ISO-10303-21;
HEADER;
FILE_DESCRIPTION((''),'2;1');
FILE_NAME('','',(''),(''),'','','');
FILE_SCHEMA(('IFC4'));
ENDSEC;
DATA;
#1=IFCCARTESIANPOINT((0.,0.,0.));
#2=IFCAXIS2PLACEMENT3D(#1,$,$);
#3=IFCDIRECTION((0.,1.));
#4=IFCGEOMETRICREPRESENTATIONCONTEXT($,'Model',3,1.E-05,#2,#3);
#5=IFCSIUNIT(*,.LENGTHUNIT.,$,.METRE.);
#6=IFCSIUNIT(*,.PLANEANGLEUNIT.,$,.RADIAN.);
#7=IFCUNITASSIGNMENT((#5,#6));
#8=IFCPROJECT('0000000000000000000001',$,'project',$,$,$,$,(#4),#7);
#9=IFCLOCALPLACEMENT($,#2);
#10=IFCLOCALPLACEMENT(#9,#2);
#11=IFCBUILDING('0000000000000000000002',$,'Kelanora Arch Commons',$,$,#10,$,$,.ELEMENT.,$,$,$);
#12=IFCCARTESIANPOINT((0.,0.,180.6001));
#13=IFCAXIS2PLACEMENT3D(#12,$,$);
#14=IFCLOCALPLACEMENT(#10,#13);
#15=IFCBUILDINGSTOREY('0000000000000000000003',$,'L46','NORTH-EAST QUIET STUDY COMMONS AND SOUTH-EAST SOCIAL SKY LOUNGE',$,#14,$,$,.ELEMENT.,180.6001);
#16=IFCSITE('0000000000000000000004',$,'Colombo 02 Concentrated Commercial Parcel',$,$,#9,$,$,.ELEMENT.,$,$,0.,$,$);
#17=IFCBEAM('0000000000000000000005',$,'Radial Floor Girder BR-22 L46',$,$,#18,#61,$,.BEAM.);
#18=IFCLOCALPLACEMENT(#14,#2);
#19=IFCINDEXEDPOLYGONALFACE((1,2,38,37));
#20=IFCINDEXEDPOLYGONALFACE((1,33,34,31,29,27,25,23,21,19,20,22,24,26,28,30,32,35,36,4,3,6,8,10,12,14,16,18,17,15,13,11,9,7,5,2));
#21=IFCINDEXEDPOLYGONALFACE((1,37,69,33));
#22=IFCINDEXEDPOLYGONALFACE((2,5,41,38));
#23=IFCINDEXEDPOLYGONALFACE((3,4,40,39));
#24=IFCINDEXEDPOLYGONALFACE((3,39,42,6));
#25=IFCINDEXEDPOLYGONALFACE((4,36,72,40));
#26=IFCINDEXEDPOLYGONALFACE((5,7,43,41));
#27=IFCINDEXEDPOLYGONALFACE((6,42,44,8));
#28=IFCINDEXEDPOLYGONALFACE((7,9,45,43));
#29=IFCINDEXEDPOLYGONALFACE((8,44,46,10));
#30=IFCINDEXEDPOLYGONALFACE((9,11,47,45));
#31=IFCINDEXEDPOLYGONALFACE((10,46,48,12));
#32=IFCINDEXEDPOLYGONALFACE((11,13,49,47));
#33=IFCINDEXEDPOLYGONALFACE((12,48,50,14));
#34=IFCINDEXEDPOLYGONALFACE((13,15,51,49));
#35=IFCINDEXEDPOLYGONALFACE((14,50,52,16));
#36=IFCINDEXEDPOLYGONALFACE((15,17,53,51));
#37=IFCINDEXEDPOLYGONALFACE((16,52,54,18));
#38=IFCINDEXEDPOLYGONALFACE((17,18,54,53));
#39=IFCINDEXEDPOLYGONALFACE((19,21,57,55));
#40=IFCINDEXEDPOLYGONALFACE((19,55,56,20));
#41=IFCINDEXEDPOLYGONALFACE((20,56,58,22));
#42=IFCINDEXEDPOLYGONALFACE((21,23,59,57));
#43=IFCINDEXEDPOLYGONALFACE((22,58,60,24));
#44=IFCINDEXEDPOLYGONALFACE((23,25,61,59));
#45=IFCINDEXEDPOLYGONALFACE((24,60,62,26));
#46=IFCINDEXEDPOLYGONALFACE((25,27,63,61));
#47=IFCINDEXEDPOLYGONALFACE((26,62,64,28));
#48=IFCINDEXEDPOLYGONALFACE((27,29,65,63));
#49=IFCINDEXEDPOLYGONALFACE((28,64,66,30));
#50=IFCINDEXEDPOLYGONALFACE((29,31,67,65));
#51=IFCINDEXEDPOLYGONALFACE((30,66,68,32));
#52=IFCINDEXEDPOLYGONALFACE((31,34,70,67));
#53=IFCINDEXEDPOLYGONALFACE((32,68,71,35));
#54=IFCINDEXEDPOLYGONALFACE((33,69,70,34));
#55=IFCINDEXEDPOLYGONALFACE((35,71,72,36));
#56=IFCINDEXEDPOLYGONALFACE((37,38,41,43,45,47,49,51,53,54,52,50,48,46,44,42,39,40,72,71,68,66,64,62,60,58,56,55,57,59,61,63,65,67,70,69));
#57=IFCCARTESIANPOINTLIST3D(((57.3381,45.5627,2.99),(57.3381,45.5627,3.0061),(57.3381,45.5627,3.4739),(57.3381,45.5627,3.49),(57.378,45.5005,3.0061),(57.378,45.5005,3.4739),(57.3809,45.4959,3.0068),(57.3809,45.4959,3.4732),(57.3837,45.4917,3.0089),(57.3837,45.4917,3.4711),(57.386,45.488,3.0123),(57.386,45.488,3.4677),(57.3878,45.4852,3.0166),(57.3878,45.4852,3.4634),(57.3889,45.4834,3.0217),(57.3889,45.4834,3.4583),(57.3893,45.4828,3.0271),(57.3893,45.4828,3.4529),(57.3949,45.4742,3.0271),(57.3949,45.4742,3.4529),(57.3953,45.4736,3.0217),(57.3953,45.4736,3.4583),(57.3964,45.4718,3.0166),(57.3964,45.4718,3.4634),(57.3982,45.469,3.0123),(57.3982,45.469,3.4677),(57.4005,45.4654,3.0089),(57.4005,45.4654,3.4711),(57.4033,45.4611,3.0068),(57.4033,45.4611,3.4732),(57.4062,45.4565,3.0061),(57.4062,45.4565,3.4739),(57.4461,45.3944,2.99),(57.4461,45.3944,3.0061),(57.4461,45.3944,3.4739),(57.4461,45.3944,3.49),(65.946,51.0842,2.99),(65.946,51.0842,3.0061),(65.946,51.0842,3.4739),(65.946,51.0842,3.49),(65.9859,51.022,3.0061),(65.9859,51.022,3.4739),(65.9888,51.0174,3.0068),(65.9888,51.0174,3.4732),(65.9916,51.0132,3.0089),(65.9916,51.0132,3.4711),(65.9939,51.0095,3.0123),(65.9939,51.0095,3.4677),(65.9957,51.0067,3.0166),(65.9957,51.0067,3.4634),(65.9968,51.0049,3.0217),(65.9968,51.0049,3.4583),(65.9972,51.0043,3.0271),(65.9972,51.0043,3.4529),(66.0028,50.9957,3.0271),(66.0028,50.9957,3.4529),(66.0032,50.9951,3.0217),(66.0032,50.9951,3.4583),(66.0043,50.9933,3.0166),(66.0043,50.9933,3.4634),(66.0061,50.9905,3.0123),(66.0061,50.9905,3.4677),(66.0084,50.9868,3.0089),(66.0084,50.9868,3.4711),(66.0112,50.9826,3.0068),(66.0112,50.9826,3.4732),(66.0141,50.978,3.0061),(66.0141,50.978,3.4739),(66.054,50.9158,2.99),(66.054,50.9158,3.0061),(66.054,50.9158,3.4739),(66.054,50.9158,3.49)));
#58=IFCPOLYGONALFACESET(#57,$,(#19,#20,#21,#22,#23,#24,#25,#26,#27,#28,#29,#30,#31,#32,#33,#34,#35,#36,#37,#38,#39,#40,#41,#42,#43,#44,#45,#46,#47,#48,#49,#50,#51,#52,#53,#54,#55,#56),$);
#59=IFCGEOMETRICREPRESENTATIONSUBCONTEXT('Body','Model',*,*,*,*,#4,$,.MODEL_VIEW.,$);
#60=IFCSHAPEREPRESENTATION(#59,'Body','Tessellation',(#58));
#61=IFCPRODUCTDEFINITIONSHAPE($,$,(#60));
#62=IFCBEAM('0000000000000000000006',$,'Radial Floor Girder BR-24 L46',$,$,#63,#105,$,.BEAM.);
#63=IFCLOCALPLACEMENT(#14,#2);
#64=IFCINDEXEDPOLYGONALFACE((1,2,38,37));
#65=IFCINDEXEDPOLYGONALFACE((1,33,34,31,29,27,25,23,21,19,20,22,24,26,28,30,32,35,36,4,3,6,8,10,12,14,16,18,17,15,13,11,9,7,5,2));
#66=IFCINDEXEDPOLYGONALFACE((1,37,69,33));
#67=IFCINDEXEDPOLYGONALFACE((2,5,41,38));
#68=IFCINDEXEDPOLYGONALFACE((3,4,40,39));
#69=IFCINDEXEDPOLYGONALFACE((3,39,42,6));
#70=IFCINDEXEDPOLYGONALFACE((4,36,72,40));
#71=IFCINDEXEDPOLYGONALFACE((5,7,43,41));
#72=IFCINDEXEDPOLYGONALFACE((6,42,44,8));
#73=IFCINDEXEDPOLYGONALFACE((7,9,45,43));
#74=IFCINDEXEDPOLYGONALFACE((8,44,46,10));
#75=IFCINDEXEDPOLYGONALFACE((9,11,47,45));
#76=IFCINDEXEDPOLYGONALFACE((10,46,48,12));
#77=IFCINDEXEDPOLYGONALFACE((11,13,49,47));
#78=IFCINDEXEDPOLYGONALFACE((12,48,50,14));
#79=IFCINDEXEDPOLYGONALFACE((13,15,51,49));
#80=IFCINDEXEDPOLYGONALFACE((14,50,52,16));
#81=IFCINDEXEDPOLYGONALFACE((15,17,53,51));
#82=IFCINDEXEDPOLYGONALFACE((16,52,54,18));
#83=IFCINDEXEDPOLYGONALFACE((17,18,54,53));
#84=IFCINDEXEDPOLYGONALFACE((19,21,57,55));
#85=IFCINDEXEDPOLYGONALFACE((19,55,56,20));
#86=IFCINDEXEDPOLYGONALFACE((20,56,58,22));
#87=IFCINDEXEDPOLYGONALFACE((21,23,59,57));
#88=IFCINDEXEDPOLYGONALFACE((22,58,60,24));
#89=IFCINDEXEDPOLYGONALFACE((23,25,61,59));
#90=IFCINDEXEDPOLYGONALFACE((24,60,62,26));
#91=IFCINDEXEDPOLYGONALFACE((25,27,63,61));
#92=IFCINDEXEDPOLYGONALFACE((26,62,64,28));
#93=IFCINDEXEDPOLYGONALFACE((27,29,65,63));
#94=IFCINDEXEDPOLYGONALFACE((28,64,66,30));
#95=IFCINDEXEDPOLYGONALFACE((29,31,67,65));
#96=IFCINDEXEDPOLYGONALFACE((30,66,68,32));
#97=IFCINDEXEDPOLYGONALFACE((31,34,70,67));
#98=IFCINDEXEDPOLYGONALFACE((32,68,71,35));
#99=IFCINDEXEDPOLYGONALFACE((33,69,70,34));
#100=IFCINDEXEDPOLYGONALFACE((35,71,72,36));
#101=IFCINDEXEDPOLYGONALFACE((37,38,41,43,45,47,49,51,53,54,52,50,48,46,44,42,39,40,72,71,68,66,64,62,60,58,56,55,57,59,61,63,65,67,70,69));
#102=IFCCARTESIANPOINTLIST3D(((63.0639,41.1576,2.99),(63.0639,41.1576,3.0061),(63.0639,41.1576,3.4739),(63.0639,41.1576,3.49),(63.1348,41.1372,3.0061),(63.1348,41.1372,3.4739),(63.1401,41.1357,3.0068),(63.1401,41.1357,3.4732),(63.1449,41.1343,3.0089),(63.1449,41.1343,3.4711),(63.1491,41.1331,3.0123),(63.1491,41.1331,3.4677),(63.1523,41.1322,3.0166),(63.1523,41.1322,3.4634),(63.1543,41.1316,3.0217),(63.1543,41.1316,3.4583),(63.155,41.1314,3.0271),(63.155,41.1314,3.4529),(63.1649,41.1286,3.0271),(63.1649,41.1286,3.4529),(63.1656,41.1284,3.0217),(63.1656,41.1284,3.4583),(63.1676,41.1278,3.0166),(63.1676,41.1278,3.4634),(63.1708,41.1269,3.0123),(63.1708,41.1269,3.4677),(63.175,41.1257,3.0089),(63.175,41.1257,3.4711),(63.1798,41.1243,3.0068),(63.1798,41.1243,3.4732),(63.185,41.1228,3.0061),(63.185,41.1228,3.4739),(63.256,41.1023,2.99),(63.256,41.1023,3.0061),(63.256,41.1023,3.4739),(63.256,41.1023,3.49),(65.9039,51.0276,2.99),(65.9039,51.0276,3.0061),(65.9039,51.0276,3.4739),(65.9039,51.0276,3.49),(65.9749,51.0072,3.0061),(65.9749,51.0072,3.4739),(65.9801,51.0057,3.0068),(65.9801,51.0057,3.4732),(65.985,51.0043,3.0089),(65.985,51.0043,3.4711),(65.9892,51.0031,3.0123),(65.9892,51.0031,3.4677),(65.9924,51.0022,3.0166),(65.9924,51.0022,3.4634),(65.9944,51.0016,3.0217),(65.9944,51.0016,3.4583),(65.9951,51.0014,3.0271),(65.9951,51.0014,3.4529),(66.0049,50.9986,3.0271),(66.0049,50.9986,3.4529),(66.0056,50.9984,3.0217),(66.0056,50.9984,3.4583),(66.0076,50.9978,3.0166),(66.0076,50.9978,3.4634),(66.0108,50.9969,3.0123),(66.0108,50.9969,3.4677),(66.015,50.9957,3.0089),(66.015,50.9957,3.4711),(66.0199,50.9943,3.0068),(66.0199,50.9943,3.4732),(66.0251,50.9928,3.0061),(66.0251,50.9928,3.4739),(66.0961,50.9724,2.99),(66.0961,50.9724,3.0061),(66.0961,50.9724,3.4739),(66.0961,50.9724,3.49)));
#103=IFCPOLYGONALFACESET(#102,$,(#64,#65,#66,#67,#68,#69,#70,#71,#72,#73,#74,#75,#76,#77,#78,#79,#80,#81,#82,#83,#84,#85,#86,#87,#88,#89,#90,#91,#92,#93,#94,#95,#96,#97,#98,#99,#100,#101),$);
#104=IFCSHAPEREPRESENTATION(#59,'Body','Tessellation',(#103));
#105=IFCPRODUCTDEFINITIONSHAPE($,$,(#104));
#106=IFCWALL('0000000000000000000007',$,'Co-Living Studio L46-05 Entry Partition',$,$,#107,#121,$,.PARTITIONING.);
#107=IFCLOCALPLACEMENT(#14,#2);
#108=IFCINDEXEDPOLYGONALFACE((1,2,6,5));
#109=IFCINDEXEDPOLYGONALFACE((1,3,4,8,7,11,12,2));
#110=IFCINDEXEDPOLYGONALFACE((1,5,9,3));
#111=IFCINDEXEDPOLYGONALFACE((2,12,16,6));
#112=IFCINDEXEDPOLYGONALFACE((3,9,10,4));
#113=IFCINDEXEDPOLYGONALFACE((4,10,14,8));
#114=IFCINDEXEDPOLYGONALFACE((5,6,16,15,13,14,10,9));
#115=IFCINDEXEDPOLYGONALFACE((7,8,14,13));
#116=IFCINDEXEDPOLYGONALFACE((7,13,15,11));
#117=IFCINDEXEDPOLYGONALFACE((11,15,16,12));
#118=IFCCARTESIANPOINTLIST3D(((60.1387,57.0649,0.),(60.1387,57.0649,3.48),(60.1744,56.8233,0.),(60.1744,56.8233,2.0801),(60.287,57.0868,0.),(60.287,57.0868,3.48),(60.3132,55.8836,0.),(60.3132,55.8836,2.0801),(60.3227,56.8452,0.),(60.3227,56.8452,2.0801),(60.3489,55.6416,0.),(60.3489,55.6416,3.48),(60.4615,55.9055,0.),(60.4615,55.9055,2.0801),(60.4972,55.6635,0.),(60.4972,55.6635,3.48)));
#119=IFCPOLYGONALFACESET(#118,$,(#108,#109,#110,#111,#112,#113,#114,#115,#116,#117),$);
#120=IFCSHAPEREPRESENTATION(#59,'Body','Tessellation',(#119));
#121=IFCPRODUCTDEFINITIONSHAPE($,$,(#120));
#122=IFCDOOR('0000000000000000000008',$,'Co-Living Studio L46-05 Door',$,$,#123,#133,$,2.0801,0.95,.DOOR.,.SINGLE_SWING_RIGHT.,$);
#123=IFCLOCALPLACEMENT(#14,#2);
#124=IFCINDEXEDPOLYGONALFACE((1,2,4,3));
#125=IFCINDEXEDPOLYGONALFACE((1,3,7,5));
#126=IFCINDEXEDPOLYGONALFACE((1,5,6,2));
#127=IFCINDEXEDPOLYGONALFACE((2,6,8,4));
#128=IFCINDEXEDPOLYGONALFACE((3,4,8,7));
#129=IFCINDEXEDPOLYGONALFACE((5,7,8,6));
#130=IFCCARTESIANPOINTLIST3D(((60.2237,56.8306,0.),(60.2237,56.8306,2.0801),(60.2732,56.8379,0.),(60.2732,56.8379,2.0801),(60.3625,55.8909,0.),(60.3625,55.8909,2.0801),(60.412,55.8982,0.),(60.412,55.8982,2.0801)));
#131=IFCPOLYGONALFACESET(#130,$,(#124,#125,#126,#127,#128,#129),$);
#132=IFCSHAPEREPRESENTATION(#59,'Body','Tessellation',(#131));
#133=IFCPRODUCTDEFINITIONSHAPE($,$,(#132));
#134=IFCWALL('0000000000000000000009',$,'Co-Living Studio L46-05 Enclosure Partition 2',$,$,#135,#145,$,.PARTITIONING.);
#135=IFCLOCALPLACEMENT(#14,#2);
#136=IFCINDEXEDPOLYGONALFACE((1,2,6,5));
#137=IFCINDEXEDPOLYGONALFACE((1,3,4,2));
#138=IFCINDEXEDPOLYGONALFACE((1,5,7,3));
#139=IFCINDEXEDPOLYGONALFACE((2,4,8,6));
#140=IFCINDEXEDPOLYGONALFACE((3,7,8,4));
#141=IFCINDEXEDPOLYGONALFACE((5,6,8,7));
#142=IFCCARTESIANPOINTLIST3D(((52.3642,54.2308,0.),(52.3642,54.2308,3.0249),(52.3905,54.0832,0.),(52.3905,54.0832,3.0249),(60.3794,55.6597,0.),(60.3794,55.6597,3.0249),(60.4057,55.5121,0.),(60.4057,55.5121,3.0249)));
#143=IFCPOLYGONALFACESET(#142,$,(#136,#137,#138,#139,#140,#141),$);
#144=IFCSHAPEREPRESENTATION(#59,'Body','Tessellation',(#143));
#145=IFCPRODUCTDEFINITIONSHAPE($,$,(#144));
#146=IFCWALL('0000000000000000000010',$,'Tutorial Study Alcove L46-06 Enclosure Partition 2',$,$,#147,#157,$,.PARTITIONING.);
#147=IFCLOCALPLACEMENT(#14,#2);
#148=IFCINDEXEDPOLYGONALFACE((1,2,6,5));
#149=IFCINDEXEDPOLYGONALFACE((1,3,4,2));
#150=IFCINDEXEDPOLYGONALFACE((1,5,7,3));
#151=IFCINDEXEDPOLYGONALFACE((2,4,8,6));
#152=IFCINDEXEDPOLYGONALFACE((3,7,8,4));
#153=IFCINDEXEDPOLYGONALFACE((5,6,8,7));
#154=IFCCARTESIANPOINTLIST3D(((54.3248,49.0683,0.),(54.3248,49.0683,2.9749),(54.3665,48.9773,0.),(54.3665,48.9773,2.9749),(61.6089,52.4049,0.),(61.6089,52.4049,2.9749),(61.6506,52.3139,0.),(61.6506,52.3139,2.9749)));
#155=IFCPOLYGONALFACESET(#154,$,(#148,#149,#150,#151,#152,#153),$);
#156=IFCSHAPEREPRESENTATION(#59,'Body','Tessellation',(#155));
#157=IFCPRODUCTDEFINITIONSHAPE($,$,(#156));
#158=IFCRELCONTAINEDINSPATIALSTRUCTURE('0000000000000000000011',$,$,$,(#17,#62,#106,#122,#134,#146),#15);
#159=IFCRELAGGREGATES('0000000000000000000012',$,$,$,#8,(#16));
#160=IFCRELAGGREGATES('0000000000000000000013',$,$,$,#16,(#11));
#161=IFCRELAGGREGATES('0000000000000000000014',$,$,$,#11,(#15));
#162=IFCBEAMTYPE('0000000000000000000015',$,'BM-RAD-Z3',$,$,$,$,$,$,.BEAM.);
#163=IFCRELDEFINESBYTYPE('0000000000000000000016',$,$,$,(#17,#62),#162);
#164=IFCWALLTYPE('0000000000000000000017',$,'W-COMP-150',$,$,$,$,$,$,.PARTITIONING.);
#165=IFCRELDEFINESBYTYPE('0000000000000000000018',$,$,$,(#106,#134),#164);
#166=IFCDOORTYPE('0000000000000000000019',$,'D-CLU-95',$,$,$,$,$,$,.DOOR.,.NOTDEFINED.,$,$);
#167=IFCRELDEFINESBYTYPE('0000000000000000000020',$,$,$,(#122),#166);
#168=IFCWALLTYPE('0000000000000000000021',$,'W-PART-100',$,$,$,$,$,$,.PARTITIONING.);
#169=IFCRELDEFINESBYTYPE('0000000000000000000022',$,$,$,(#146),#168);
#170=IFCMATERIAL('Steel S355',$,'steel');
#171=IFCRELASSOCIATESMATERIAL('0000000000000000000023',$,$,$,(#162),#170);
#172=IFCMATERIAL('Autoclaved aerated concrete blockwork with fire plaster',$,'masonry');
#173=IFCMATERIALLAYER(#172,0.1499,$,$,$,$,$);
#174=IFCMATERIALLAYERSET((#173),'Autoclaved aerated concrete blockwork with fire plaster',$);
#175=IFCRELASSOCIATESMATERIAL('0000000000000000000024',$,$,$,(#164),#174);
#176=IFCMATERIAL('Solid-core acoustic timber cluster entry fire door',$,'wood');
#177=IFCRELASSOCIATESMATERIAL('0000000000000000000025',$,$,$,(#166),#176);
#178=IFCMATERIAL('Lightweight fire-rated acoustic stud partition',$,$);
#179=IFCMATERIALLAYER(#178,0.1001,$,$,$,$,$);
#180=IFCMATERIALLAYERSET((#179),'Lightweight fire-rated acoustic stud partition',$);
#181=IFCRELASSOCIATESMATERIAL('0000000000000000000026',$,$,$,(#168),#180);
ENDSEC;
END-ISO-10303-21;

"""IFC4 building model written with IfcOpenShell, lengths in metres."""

from ifc_helpers import new_model, si_unit, direction, frame, frame_2d, origin, origin_2d, place, context, subcontext, project, spatial, rectangle, i_section, extrude, material, layer, layer_set, material_profile, profile_set, type_object, element, fill, save


model = new_model("IFC4")

# Units and contexts
model_context = context("Model", 3, precision=1e-05, world=origin(), true_north=direction((0.0, 1.0)))
body_context = subcontext(model_context, "Body", "Model", "MODEL_VIEW")
ifc_project = project(units=[si_unit("LENGTHUNIT", "METRE"), si_unit("PLANEANGLEUNIT", "RADIAN")], contexts=[model_context])

# Site, building, storey
site_placement = place(None, origin())
site = spatial("IfcSite", under=ifc_project, at=site_placement, Name="Colombo 02 Concentrated Commercial Parcel", CompositionType="ELEMENT", RefElevation=0.0)
building_placement = place(site_placement, origin())
building = spatial("IfcBuilding", under=site, at=building_placement, Name="Kelanora Arch Commons", CompositionType="ELEMENT")
storey_placement = place(building_placement, frame((0.0, 0.0, 180.6001)))
storey = spatial("IfcBuildingStorey", under=building, at=storey_placement, Name="L46", Description="NORTH-EAST QUIET STUDY COMMONS AND SOUTH-EAST SOCIAL SKY LOUNGE", CompositionType="ELEMENT", Elevation=180.6001)

# Beams
ifc_material_1 = material(Name="Steel S355", Category="steel")
ifc_material_profile_1 = material_profile(ifc_material_1, i_section(OverallWidth=0.2, OverallDepth=0.5, WebThickness=0.0103, FlangeThickness=0.0161, FilletRadius=0.021, at=origin_2d()), Name="IPE500")
ifc_profile_set_1 = profile_set([ifc_material_profile_1], Name="Steel S355")
beam_type_1 = type_object("IfcBeamType", Name="BM-RAD-Z3", PredefinedType="BEAM", material=ifc_profile_set_1)
beam_1_placement = place(storey_placement, frame((66.0, 51.0, 3.24), z_axis=(-0.841719, -0.539915, 0.0), x_axis=(0.539915, -0.841719, 0.0)))
element("IfcBeam", 1, at=beam_1_placement, inside=storey, type_object=beam_type_1, Name="Radial Floor Girder BR-22 L46", PredefinedType="BEAM", context=body_context, shape_type="SweptSolid", body=[
    extrude(i_section(OverallWidth=0.2, OverallDepth=0.5, WebThickness=0.0103, FlangeThickness=0.0161, FilletRadius=0.021, at=origin_2d()), origin(), (0.0, 0.0, 1.0), 10.2266),
])
beam_2_placement = place(storey_placement, frame((66.0, 51.0, 3.24), z_axis=(-0.276526, -0.961006, 0.0), x_axis=(0.961006, -0.276526, 0.0)))
element("IfcBeam", 2, at=beam_2_placement, inside=storey, type_object=beam_type_1, Name="Radial Floor Girder BR-24 L46", PredefinedType="BEAM", context=body_context, shape_type="SweptSolid", body=[
    extrude(i_section(OverallWidth=0.2, OverallDepth=0.5, WebThickness=0.0103, FlangeThickness=0.0161, FilletRadius=0.021, at=origin_2d()), origin(), (0.0, 0.0, 1.0), 10.2705),
])

# Wall, opening, door
ifc_material_2 = material(Name="Autoclaved aerated concrete blockwork with fire plaster", Category="masonry")
ifc_layer_1 = layer(ifc_material_2, 0.1499)
ifc_layer_set_1 = layer_set([ifc_layer_1], Name="Autoclaved aerated concrete blockwork with fire plaster")
wall_type_1 = type_object("IfcWallType", Name="W-COMP-150", PredefinedType="PARTITIONING", material=ifc_layer_set_1)
wall_1_placement = place(storey_placement, frame((60.2129, 57.0757, 0.0), z_axis=(0.0, 0.0, 1.0), x_axis=(0.1461, -0.98927, 0.0)))
wall_1 = element("IfcWall", 3, at=wall_1_placement, inside=storey, type_object=wall_type_1, Name="Co-Living Studio L46-05 Entry Partition", PredefinedType="PARTITIONING", context=body_context, shape_type="SweptSolid", body=[
    extrude(rectangle(XDim=1.4387, YDim=0.1499, at=frame_2d((0.7192, 0.0))), origin(), (0.0, 0.0, 1.0), 3.48),
])
opening_1_placement = place(wall_1_placement, frame((0.2439, 0.0, 0.0)))
opening_1 = element("IfcOpeningElement", 4, at=opening_1_placement, cuts=wall_1, PredefinedType="OPENING", context=body_context, shape_type="SweptSolid", body=[
    extrude(rectangle(XDim=0.95, YDim=2.0801, at=frame_2d((0.4751, 1.04))), frame((0.0, 0.085, 0.0), z_axis=(0.0, -1.0, 0.0), x_axis=(1.0, 0.0, 0.0)), (0.0, 0.0, 1.0), 0.1699),
])
ifc_material_3 = material(Name="Solid-core acoustic timber cluster entry fire door", Category="wood")
door_type_1 = type_object("IfcDoorType", Name="D-CLU-95", OperationType="NOTDEFINED", PredefinedType="DOOR", material=ifc_material_3)
door_1_placement = place(opening_1_placement, origin())
door_1 = element("IfcDoor", 5, at=door_1_placement, inside=storey, type_object=door_type_1, Name="Co-Living Studio L46-05 Door", OperationType="SINGLE_SWING_RIGHT", OverallHeight=2.0801, OverallWidth=0.95, PredefinedType="DOOR", context=body_context, shape_type="SweptSolid", body=[
    extrude(rectangle(XDim=0.95, YDim=2.0801, at=frame_2d((0.4751, 1.04))), frame((0.0, 0.0249, 0.0), z_axis=(0.0, -1.0, 0.0), x_axis=(1.0, 0.0, 0.0)), (0.0, 0.0, 1.0), 0.05),
])
fill(opening_1, door_1)

# Walls
wall_2_placement = place(storey_placement, frame((60.3926, 55.5859, 0.0), z_axis=(0.0, 0.0, 1.0), x_axis=(-0.984477, -0.175515, 0.0)))
element("IfcWall", 6, at=wall_2_placement, inside=storey, type_object=wall_type_1, Name="Co-Living Studio L46-05 Enclosure Partition 2", PredefinedType="PARTITIONING", context=body_context, shape_type="SweptSolid", body=[
    extrude(rectangle(XDim=8.1416, YDim=0.1499, at=frame_2d((4.0708, 0.0))), origin(), (0.0, 0.0, 1.0), 3.0249),
])
ifc_material_4 = material(Name="Lightweight fire-rated acoustic stud partition")
ifc_layer_2 = layer(ifc_material_4, 0.1001)
ifc_layer_set_2 = layer_set([ifc_layer_2], Name="Lightweight fire-rated acoustic stud partition")
wall_type_2 = type_object("IfcWallType", Name="W-PART-100", PredefinedType="PARTITIONING", material=ifc_layer_set_2)
wall_3_placement = place(storey_placement, frame((61.6296, 52.3594, 0.0), z_axis=(0.0, 0.0, 1.0), x_axis=(-0.909155, -0.416457, 0.0)))
element("IfcWall", 7, at=wall_3_placement, inside=storey, type_object=wall_type_2, Name="Tutorial Study Alcove L46-06 Enclosure Partition 2", PredefinedType="PARTITIONING", context=body_context, shape_type="SweptSolid", body=[
    extrude(rectangle(XDim=8.012, YDim=0.1001, at=frame_2d((4.0059, 0.0))), origin(), (0.0, 0.0, 1.0), 2.9749),
])

save(model, "model.ifc")
